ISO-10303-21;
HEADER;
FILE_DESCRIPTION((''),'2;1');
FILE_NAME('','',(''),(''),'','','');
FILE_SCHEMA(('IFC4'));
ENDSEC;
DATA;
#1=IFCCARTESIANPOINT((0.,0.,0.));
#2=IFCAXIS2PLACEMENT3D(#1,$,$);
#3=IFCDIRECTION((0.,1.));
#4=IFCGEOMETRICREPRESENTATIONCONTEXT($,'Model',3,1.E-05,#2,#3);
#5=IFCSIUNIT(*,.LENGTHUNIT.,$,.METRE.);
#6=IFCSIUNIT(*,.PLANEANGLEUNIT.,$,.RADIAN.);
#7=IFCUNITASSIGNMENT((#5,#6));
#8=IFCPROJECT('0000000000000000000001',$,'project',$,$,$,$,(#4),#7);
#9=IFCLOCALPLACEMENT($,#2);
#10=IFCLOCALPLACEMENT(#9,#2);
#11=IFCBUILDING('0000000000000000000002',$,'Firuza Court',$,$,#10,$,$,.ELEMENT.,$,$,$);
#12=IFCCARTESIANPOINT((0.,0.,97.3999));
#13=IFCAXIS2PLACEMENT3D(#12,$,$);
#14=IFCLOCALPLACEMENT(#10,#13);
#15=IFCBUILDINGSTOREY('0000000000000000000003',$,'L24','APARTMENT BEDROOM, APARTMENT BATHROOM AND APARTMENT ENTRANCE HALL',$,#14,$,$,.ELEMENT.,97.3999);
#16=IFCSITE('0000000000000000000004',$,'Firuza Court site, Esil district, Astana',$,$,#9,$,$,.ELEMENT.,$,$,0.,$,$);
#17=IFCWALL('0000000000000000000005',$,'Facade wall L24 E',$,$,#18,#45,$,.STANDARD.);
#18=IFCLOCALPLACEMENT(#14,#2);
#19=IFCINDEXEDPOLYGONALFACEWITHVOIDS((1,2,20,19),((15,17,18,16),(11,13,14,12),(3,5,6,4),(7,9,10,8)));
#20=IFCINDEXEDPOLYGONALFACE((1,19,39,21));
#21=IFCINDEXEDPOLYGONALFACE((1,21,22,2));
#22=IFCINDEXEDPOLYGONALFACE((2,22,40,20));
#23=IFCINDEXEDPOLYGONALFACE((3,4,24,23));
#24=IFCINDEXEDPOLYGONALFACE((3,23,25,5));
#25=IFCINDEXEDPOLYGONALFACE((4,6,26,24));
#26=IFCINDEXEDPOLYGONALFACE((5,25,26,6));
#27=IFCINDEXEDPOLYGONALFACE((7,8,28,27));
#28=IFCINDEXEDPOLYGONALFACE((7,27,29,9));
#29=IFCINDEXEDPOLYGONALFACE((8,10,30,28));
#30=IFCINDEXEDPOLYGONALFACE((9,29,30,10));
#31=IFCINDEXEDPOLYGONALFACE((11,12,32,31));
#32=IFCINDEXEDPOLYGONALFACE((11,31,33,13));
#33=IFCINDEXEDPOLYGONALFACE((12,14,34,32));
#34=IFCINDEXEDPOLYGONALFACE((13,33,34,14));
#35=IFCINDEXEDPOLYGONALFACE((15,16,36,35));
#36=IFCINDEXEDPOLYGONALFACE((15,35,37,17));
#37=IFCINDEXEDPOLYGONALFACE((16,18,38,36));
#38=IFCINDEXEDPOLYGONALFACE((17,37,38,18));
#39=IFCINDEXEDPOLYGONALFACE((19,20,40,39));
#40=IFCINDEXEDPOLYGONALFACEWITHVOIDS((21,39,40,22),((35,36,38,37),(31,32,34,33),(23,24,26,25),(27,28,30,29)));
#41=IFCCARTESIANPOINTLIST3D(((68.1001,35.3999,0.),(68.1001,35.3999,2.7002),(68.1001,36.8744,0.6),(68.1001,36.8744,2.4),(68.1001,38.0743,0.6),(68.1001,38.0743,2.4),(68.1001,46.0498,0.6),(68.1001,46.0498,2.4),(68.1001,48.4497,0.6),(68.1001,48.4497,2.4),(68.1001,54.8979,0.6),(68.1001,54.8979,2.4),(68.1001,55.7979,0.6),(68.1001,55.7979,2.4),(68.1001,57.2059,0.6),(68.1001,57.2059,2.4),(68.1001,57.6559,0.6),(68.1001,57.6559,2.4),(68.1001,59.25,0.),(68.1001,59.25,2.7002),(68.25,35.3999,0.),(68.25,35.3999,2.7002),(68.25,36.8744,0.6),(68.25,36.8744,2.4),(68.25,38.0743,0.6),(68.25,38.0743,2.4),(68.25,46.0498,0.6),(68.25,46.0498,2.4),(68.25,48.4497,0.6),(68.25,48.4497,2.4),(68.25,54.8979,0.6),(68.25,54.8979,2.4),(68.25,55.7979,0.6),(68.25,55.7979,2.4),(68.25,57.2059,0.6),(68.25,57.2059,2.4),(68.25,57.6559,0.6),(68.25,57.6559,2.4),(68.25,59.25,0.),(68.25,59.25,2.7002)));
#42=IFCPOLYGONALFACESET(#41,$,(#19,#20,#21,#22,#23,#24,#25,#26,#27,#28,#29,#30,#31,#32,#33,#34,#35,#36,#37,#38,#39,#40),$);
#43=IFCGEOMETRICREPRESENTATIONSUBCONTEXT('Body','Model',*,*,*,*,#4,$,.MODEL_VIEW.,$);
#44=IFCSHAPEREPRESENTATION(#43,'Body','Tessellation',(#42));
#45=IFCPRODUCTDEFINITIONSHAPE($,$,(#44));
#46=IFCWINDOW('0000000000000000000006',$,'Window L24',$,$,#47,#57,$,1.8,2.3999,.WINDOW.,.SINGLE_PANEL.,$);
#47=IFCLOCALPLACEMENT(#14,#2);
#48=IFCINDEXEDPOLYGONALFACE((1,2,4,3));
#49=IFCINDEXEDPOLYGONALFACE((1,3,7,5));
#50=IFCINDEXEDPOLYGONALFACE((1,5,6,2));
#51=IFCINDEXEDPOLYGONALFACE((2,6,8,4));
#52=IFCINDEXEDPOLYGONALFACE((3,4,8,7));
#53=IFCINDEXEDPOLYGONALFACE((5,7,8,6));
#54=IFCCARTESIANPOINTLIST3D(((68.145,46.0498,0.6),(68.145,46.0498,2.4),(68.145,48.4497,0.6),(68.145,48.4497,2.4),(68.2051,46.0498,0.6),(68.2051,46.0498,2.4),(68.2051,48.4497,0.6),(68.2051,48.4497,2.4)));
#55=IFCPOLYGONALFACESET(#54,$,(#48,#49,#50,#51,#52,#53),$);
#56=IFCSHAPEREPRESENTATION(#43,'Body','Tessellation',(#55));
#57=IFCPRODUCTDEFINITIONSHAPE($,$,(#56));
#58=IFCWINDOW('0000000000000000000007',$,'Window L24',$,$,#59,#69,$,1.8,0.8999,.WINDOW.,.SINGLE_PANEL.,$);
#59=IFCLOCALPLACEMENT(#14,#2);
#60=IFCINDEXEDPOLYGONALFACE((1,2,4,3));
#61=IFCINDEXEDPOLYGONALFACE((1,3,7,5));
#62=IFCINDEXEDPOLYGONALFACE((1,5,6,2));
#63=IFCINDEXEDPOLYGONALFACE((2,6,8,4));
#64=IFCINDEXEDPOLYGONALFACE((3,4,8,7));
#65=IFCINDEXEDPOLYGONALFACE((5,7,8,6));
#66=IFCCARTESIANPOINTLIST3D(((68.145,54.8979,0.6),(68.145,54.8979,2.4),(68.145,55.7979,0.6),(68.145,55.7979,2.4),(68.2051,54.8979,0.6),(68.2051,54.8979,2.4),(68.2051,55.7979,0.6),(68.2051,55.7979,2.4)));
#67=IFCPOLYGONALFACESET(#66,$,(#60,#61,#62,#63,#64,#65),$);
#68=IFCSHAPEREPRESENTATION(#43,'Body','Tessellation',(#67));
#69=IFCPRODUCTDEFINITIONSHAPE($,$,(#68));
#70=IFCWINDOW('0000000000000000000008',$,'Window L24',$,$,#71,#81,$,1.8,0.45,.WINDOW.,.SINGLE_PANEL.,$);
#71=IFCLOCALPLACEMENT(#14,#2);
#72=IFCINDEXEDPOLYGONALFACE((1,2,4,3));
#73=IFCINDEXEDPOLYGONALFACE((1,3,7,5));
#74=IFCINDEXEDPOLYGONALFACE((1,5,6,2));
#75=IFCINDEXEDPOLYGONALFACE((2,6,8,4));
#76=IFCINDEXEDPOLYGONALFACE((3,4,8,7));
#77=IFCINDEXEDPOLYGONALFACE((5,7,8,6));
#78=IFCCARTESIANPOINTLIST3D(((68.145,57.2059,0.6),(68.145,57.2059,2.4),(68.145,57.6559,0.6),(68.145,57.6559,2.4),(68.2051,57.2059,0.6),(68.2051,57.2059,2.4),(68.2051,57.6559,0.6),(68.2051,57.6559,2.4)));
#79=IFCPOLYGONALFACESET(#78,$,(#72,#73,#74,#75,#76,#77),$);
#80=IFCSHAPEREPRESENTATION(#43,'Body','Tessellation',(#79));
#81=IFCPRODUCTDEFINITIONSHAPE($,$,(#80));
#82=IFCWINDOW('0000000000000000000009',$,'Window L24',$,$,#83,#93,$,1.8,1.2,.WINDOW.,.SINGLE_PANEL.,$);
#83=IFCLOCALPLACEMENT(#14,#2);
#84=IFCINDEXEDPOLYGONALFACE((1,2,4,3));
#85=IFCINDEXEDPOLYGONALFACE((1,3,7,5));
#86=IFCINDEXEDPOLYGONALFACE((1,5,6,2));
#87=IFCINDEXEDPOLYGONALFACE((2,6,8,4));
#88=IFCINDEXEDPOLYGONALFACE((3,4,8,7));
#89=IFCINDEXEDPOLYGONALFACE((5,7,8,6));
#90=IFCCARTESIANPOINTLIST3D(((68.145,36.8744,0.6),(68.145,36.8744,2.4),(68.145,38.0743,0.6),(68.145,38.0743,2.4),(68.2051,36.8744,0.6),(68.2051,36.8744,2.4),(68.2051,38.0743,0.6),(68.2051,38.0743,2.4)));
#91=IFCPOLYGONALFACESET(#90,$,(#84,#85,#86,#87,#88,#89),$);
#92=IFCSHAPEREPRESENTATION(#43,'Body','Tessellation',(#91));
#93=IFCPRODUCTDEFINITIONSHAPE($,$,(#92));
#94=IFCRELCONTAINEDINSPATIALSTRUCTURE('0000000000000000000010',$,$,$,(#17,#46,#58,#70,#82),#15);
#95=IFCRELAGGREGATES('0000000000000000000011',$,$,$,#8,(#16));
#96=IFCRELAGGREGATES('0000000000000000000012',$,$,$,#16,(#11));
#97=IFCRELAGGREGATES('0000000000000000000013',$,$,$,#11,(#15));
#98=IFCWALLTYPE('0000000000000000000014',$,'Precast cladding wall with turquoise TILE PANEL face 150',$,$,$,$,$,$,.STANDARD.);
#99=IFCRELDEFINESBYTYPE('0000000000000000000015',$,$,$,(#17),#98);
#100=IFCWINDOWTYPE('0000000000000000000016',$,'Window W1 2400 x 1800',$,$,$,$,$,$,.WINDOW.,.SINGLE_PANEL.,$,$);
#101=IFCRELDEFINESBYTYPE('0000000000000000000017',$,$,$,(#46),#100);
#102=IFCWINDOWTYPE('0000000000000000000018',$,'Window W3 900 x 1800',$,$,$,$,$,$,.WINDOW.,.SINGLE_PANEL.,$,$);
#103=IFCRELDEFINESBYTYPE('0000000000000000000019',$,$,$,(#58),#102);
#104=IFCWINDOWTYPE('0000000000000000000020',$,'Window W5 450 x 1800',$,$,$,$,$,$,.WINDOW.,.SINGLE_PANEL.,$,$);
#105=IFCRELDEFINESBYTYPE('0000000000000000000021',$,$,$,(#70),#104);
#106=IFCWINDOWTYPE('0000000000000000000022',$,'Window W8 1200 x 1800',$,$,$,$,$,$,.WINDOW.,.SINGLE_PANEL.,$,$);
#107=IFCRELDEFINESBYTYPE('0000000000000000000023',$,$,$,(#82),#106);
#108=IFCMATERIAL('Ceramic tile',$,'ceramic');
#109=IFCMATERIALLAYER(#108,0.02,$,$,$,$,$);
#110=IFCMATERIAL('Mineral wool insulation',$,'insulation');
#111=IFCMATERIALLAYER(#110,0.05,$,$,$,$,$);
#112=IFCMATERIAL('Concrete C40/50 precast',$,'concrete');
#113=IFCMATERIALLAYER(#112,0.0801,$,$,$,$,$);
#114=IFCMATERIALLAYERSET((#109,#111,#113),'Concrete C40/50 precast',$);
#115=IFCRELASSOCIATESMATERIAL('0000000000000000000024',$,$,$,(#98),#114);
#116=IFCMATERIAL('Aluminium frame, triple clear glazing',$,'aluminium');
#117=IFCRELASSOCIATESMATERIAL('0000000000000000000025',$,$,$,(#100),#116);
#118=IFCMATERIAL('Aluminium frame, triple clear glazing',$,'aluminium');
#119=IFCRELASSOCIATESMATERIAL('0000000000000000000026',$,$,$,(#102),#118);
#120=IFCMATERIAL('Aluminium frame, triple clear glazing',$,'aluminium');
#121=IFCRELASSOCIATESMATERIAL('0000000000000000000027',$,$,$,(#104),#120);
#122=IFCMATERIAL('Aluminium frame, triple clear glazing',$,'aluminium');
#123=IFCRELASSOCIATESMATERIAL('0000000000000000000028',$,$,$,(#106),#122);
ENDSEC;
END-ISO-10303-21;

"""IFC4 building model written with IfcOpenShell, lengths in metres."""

from ifc_helpers import new_model, si_unit, direction, frame, frame_2d, origin, place, context, subcontext, project, spatial, rectangle, extrude, material, layer, layer_set, type_object, element, fill, save


model = new_model("IFC4")

# Units and contexts
model_context = context("Model", 3, precision=1e-05, world=origin(), true_north=direction((0.0, 1.0)))
body_context = subcontext(model_context, "Body", "Model", "MODEL_VIEW")
ifc_project = project(units=[si_unit("LENGTHUNIT", "METRE"), si_unit("PLANEANGLEUNIT", "RADIAN")], contexts=[model_context])

# Site, building, storey
site_placement = place(None, origin())
site = spatial("IfcSite", under=ifc_project, at=site_placement, Name="Firuza Court site, Esil district, Astana", CompositionType="ELEMENT", RefElevation=0.0)
building_placement = place(site_placement, origin())
building = spatial("IfcBuilding", under=site, at=building_placement, Name="Firuza Court", CompositionType="ELEMENT")
storey_placement = place(building_placement, frame((0.0, 0.0, 97.3999)))
storey = spatial("IfcBuildingStorey", under=building, at=storey_placement, Name="L24", Description="APARTMENT BEDROOM, APARTMENT BATHROOM AND APARTMENT ENTRANCE HALL", CompositionType="ELEMENT", Elevation=97.3999)

# Wall, openings, windows
ifc_material_1 = material(Name="Ceramic tile", Category="ceramic")
ifc_layer_1 = layer(ifc_material_1, 0.02)
ifc_material_2 = material(Name="Mineral wool insulation", Category="insulation")
ifc_layer_2 = layer(ifc_material_2, 0.05)
ifc_material_3 = material(Name="Concrete C40/50 precast", Category="concrete")
ifc_layer_3 = layer(ifc_material_3, 0.0801)
ifc_layer_set_1 = layer_set([ifc_layer_1, ifc_layer_2, ifc_layer_3], Name="Concrete C40/50 precast")
wall_type_1 = type_object("IfcWallType", Name="Precast cladding wall with turquoise TILE PANEL face 150", PredefinedType="STANDARD", material=ifc_layer_set_1)
wall_1_placement = place(storey_placement, frame((68.175, 35.3999, 0.0), z_axis=(0.0, 0.0, 1.0), x_axis=(0.0, 1.0, 0.0)))
wall_1 = element("IfcWall", 1, at=wall_1_placement, inside=storey, type_object=wall_type_1, Name="Facade wall L24 E", PredefinedType="STANDARD", context=body_context, shape_type="SweptSolid", body=[
    extrude(rectangle(XDim=23.8501, YDim=0.1499, at=frame_2d((11.925, 0.0))), origin(), (0.0, 0.0, 1.0), 2.7002),
])
opening_1_placement = place(wall_1_placement, frame((1.4744, 0.0, 0.6001)))
opening_1 = element("IfcOpeningElement", 2, at=opening_1_placement, cuts=wall_1, PredefinedType="OPENING", context=body_context, shape_type="SweptSolid", body=[
    extrude(rectangle(XDim=1.2, YDim=1.8, at=frame_2d((0.6001, 0.8999))), frame((0.0, 0.0869, 0.0), z_axis=(0.0, -1.0, 0.0), x_axis=(1.0, 0.0, 0.0)), (0.0, 0.0, 1.0), 0.1738),
])
opening_2_placement = place(wall_1_placement, frame((10.6499, 0.0, 0.6001)))
opening_2 = element("IfcOpeningElement", 3, at=opening_2_placement, cuts=wall_1, PredefinedType="OPENING", context=body_context, shape_type="SweptSolid", body=[
    extrude(rectangle(XDim=2.3999, YDim=1.8, at=frame_2d((1.2, 0.8999))), frame((0.0, 0.0869, 0.0), z_axis=(0.0, -1.0, 0.0), x_axis=(1.0, 0.0, 0.0)), (0.0, 0.0, 1.0), 0.1738),
])
opening_3_placement = place(wall_1_placement, frame((19.498, 0.0, 0.6001)))
opening_3 = element("IfcOpeningElement", 4, at=opening_3_placement, cuts=wall_1, PredefinedType="OPENING", context=body_context, shape_type="SweptSolid", body=[
    extrude(rectangle(XDim=0.8999, YDim=1.8, at=frame_2d((0.45, 0.8999))), frame((0.0, 0.0869, 0.0), z_axis=(0.0, -1.0, 0.0), x_axis=(1.0, 0.0, 0.0)), (0.0, 0.0, 1.0), 0.1738),
])
opening_4_placement = place(wall_1_placement, frame((21.8059, 0.0, 0.6001)))
opening_4 = element("IfcOpeningElement", 5, at=opening_4_placement, cuts=wall_1, PredefinedType="OPENING", context=body_context, shape_type="SweptSolid", body=[
    extrude(rectangle(XDim=0.45, YDim=1.8, at=frame_2d((0.2251, 0.8999))), frame((0.0, 0.0869, 0.0), z_axis=(0.0, -1.0, 0.0), x_axis=(1.0, 0.0, 0.0)), (0.0, 0.0, 1.0), 0.1738),
])
ifc_material_4 = material(Name="Aluminium frame, triple clear glazing", Category="aluminium")
window_type_1 = type_object("IfcWindowType", Name="Window W1 2400 x 1800", PartitioningType="SINGLE_PANEL", PredefinedType="WINDOW", material=ifc_material_4)
window_1_placement = place(opening_2_placement, origin())
window_1 = element("IfcWindow", 6, at=window_1_placement, inside=storey, type_object=window_type_1, Name="Window L24", OverallHeight=1.8, OverallWidth=2.3999, PartitioningType="SINGLE_PANEL", PredefinedType="WINDOW", context=body_context, shape_type="SweptSolid", body=[
    extrude(rectangle(XDim=2.3999, YDim=1.8, at=frame_2d((1.2, 0.8999))), frame((0.0, 0.03, 0.0), z_axis=(0.0, -1.0, 0.0), x_axis=(1.0, 0.0, 0.0)), (0.0, 0.0, 1.0), 0.0601),
])
fill(opening_2, window_1)
ifc_material_5 = material(Name="Aluminium frame, triple clear glazing", Category="aluminium")
window_type_2 = type_object("IfcWindowType", Name="Window W3 900 x 1800", PartitioningType="SINGLE_PANEL", PredefinedType="WINDOW", material=ifc_material_5)
window_2_placement = place(opening_3_placement, origin())
window_2 = element("IfcWindow", 7, at=window_2_placement, inside=storey, type_object=window_type_2, Name="Window L24", OverallHeight=1.8, OverallWidth=0.8999, PartitioningType="SINGLE_PANEL", PredefinedType="WINDOW", context=body_context, shape_type="SweptSolid", body=[
    extrude(rectangle(XDim=0.8999, YDim=1.8, at=frame_2d((0.45, 0.8999))), frame((0.0, 0.03, 0.0), z_axis=(0.0, -1.0, 0.0), x_axis=(1.0, 0.0, 0.0)), (0.0, 0.0, 1.0), 0.0601),
])
fill(opening_3, window_2)
ifc_material_6 = material(Name="Aluminium frame, triple clear glazing", Category="aluminium")
window_type_3 = type_object("IfcWindowType", Name="Window W5 450 x 1800", PartitioningType="SINGLE_PANEL", PredefinedType="WINDOW", material=ifc_material_6)
window_3_placement = place(opening_4_placement, origin())
window_3 = element("IfcWindow", 8, at=window_3_placement, inside=storey, type_object=window_type_3, Name="Window L24", OverallHeight=1.8, OverallWidth=0.45, PartitioningType="SINGLE_PANEL", PredefinedType="WINDOW", context=body_context, shape_type="SweptSolid", body=[
    extrude(rectangle(XDim=0.45, YDim=1.8, at=frame_2d((0.2251, 0.8999))), frame((0.0, 0.03, 0.0), z_axis=(0.0, -1.0, 0.0), x_axis=(1.0, 0.0, 0.0)), (0.0, 0.0, 1.0), 0.0601),
])
fill(opening_4, window_3)
ifc_material_7 = material(Name="Aluminium frame, triple clear glazing", Category="aluminium")
window_type_4 = type_object("IfcWindowType", Name="Window W8 1200 x 1800", PartitioningType="SINGLE_PANEL", PredefinedType="WINDOW", material=ifc_material_7)
window_4_placement = place(opening_1_placement, origin())
window_4 = element("IfcWindow", 9, at=window_4_placement, inside=storey, type_object=window_type_4, Name="Window L24", OverallHeight=1.8, OverallWidth=1.2, PartitioningType="SINGLE_PANEL", PredefinedType="WINDOW", context=body_context, shape_type="SweptSolid", body=[
    extrude(rectangle(XDim=1.2, YDim=1.8, at=frame_2d((0.6001, 0.8999))), frame((0.0, 0.03, 0.0), z_axis=(0.0, -1.0, 0.0), x_axis=(1.0, 0.0, 0.0)), (0.0, 0.0, 1.0), 0.0601),
])
fill(opening_1, window_4)

save(model, "model.ifc")
